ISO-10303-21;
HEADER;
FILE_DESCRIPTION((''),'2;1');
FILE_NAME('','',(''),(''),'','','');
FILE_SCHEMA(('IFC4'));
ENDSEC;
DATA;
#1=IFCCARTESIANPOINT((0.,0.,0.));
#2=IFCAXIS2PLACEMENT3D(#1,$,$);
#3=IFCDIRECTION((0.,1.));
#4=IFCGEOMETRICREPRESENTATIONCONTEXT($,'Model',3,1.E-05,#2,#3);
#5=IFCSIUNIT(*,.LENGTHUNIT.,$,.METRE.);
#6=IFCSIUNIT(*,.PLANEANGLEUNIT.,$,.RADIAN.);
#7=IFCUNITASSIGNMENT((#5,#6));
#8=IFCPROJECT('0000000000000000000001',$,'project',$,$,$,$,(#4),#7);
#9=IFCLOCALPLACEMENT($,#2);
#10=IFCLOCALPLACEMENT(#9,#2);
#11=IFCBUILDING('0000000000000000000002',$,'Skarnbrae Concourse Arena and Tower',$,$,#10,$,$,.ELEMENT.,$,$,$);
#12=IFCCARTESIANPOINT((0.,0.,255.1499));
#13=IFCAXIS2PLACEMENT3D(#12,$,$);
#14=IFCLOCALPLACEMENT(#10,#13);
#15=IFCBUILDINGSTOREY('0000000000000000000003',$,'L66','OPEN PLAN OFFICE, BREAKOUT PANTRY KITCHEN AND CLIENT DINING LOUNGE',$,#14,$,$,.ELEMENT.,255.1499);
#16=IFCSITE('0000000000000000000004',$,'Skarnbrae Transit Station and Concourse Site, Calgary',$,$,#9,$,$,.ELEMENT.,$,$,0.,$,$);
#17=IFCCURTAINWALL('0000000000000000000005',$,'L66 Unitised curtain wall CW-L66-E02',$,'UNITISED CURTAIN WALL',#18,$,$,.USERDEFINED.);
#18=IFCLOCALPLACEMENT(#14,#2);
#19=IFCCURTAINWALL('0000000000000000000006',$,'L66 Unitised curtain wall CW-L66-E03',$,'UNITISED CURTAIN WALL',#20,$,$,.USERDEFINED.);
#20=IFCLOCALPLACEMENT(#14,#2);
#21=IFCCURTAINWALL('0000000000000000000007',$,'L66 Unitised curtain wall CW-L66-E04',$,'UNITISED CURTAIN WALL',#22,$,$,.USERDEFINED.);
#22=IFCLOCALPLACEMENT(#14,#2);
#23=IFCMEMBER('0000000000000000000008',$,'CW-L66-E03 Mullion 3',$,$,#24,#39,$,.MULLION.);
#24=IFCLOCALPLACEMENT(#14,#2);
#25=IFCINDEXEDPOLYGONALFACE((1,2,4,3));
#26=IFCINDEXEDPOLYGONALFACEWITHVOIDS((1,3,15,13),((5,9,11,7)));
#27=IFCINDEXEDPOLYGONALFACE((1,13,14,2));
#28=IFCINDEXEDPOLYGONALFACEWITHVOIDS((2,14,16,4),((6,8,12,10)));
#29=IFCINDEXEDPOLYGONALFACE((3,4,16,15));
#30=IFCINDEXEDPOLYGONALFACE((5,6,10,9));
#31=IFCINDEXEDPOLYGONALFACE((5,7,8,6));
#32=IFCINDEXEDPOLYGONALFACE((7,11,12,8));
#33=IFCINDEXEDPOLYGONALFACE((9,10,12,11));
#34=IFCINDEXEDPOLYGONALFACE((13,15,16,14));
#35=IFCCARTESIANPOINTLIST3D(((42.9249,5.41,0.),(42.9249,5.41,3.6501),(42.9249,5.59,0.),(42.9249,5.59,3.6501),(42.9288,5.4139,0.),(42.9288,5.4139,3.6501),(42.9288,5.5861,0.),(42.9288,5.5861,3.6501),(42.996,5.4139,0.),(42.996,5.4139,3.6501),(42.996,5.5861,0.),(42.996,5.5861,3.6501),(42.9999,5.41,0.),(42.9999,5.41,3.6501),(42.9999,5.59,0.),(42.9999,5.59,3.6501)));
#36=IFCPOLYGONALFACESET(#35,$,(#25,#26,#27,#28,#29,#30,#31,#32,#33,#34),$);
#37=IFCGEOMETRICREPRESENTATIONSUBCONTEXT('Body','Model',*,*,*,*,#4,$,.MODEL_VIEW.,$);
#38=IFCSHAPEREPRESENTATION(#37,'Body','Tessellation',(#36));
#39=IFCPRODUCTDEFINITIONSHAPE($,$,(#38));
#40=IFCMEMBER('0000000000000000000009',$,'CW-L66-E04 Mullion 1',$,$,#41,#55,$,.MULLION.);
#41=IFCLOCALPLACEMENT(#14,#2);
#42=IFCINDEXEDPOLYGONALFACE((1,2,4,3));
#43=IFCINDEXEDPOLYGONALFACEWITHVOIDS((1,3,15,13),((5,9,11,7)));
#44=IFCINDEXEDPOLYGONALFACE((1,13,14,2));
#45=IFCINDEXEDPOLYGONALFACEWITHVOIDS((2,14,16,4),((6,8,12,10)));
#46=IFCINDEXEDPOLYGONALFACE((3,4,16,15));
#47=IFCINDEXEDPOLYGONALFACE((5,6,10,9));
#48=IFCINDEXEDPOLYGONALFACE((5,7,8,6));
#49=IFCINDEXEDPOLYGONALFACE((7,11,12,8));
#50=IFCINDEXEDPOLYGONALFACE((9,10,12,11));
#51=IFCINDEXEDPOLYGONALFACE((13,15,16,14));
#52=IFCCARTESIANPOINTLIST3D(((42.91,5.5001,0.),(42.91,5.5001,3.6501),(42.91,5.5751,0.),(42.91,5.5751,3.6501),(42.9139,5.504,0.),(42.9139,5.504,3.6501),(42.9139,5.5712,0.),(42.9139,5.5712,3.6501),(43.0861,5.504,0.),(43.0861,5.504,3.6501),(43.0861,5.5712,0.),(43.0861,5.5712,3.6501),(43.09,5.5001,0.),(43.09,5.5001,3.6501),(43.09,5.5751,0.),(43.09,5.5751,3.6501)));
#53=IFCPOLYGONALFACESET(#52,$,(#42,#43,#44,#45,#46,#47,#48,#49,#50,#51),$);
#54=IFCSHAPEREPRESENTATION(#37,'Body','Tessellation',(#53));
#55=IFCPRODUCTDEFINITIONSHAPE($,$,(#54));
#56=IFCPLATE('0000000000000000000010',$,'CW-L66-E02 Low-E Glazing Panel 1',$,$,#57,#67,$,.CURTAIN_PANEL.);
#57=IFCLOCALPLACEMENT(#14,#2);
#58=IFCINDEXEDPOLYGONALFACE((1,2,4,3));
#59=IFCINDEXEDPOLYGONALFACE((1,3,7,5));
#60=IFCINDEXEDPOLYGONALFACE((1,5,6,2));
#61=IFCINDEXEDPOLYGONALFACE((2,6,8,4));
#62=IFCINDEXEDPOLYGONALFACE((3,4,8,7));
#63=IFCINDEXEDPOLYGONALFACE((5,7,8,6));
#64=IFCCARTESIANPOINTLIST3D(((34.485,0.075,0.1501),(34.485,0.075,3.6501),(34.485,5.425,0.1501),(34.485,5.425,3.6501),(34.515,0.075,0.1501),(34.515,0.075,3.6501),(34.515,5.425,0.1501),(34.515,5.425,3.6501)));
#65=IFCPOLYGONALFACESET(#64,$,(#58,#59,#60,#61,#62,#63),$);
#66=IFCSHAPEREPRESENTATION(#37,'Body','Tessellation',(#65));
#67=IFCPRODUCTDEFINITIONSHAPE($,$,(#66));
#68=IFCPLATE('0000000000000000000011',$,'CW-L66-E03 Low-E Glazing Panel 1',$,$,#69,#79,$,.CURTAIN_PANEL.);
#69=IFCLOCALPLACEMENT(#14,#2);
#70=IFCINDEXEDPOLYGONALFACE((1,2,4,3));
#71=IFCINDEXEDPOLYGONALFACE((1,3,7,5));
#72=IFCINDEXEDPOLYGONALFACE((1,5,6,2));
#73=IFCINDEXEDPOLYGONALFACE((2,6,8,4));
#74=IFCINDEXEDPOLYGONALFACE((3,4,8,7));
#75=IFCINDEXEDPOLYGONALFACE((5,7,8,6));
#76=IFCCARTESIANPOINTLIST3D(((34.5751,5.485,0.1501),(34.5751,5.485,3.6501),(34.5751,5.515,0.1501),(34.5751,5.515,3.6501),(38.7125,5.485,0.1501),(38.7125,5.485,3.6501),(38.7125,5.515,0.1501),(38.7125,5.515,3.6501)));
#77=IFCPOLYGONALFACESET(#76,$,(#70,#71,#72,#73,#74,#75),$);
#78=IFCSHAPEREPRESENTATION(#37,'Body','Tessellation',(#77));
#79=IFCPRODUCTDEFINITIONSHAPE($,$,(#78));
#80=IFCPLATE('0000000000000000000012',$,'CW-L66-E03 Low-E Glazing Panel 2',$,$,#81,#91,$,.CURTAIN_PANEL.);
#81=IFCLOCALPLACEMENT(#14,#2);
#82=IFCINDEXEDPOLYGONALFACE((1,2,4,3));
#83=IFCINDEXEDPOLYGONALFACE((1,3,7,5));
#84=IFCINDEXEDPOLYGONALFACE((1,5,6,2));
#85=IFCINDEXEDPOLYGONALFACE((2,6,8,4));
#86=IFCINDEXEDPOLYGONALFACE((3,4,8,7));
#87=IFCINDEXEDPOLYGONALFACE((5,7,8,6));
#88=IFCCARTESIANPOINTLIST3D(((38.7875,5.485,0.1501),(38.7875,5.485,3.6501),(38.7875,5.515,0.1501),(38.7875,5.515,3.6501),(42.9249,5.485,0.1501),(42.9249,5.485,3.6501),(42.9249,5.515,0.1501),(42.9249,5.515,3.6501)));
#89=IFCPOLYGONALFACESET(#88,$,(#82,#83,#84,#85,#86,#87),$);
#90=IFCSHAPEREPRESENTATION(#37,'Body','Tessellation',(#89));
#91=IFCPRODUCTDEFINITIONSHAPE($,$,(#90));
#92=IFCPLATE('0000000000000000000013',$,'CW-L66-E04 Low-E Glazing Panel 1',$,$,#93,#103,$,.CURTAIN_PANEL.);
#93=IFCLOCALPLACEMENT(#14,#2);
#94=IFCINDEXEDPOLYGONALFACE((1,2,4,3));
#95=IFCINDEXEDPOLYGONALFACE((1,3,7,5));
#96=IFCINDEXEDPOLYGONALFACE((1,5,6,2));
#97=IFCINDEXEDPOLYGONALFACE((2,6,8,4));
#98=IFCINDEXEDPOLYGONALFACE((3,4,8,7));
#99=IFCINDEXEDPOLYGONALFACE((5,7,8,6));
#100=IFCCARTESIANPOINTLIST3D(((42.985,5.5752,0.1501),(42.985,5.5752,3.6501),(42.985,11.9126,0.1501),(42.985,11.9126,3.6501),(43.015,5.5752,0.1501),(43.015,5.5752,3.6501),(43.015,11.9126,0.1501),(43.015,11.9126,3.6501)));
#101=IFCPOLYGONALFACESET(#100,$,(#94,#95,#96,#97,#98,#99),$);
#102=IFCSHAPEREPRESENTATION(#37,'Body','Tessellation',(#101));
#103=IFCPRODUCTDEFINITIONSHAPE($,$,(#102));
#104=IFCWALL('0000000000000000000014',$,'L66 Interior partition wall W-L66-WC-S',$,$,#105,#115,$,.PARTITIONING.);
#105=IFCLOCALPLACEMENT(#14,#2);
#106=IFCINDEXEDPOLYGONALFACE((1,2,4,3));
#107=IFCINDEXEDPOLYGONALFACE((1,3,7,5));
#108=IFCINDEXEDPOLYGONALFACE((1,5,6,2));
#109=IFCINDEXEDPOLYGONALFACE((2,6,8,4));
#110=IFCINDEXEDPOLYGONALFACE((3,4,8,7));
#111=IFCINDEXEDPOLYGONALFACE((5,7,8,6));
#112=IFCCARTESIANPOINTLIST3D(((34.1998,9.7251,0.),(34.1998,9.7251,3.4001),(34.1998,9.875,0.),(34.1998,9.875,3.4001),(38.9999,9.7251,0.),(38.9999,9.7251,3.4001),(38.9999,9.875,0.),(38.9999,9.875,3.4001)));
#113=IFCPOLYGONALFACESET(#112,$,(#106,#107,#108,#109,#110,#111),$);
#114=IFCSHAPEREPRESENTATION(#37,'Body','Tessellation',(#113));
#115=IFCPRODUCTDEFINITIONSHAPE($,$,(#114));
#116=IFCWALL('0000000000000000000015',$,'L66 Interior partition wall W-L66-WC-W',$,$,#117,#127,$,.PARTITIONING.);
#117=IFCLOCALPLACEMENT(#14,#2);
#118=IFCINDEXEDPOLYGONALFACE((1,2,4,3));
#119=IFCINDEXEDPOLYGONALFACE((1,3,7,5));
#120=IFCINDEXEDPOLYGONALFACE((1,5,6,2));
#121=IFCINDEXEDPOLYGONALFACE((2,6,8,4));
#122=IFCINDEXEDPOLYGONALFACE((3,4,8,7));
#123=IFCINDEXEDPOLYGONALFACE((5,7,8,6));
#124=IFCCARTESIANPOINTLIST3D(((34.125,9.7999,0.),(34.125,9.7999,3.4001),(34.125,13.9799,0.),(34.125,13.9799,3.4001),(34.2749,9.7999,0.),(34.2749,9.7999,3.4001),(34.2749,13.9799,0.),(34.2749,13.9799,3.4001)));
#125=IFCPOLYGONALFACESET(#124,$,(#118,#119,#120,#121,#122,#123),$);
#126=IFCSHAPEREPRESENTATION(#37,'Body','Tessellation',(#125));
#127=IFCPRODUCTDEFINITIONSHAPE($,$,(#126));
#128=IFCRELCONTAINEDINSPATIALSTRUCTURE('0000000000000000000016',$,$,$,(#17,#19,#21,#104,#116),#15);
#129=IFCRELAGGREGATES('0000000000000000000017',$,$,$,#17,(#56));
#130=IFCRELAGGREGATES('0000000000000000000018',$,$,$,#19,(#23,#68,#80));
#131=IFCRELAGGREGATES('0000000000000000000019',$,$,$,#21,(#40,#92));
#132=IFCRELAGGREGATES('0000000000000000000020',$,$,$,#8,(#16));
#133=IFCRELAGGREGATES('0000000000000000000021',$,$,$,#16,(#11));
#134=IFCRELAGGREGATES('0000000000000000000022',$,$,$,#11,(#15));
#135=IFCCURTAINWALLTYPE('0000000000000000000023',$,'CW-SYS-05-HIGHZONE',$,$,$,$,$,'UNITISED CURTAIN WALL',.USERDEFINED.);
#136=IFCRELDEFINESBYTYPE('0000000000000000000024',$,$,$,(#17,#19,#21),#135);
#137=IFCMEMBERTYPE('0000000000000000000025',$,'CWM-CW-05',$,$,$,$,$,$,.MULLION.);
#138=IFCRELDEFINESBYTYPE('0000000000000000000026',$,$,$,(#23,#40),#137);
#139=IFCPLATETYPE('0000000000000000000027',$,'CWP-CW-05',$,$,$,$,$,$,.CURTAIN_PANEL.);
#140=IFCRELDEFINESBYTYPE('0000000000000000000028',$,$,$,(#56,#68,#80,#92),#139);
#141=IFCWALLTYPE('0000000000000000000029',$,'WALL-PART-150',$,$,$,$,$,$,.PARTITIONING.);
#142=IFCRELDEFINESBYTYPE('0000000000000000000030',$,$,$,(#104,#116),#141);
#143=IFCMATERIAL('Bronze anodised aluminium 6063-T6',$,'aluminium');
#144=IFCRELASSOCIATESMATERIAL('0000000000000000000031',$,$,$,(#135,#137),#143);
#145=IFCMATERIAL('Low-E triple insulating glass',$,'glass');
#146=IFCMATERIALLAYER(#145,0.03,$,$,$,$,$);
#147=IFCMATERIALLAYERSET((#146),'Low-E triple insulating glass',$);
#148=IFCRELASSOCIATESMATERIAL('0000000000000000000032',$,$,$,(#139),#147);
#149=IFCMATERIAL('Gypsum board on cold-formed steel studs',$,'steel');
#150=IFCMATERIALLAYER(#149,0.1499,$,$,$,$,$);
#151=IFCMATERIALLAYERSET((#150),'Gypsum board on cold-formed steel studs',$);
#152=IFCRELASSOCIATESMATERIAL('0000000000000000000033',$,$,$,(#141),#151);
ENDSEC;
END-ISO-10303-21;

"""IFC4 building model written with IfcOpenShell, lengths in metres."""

from ifc_helpers import new_model, si_unit, direction, frame, frame_2d, origin, origin_2d, place, context, subcontext, project, spatial, rectangle, hollow_rectangle, extrude, source, transform, mapped, material, layer, layer_set, material_profile, profile_set, type_object, element, aggregate, save


model = new_model("IFC4")

# Units and contexts
model_context = context("Model", 3, precision=1e-05, world=origin(), true_north=direction((0.0, 1.0)))
body_context = subcontext(model_context, "Body", "Model", "MODEL_VIEW")
ifc_project = project(units=[si_unit("LENGTHUNIT", "METRE"), si_unit("PLANEANGLEUNIT", "RADIAN")], contexts=[model_context])

# Site, building, storey
site_placement = place(None, origin())
site = spatial("IfcSite", under=ifc_project, at=site_placement, Name="Skarnbrae Transit Station and Concourse Site, Calgary", CompositionType="ELEMENT", RefElevation=0.0)
building_placement = place(site_placement, origin())
building = spatial("IfcBuilding", under=site, at=building_placement, Name="Skarnbrae Concourse Arena and Tower", CompositionType="ELEMENT")
storey_placement = place(building_placement, frame((0.0, 0.0, 255.1499)))
storey = spatial("IfcBuildingStorey", under=building, at=storey_placement, Name="L66", Description="OPEN PLAN OFFICE, BREAKOUT PANTRY KITCHEN AND CLIENT DINING LOUNGE", CompositionType="ELEMENT", Elevation=255.1499)

# Curtain wall
ifc_material_1 = material(Name="Bronze anodised aluminium 6063-T6", Category="aluminium")
curtain_wall_type = type_object("IfcCurtainWallType", Name="CW-SYS-05-HIGHZONE", ElementType="UNITISED CURTAIN WALL", PredefinedType="USERDEFINED", material=ifc_material_1)
curtain_wall_1_placement = place(storey_placement, origin())
curtain_wall_1 = element("IfcCurtainWall", 1, at=curtain_wall_1_placement, inside=storey, type_object=curtain_wall_type, Name="L66 Unitised curtain wall CW-L66-E02", ObjectType="UNITISED CURTAIN WALL", PredefinedType="USERDEFINED")

# Curtain wall
curtain_wall_2_placement = place(storey_placement, origin())
curtain_wall_2 = element("IfcCurtainWall", 2, at=curtain_wall_2_placement, inside=storey, type_object=curtain_wall_type, Name="L66 Unitised curtain wall CW-L66-E03", ObjectType="UNITISED CURTAIN WALL", PredefinedType="USERDEFINED")

# Curtain wall
curtain_wall_3_placement = place(storey_placement, origin())
curtain_wall_3 = element("IfcCurtainWall", 3, at=curtain_wall_3_placement, inside=storey, type_object=curtain_wall_type, Name="L66 Unitised curtain wall CW-L66-E04", ObjectType="UNITISED CURTAIN WALL", PredefinedType="USERDEFINED")

# Members
ifc_material_profile_1 = material_profile(ifc_material_1, hollow_rectangle(XDim=0.075, YDim=0.1799, WallThickness=0.0039, at=origin_2d()), Name="ALU-MULL-75X180")
ifc_profile_set_1 = profile_set([ifc_material_profile_1], Name="Bronze anodised aluminium 6063-T6")
member_type_1 = type_object("IfcMemberType", Name="CWM-CW-05", PredefinedType="MULLION", material=ifc_profile_set_1)
shared_shape_1 = source(origin(), body_context, "Body", "SweptSolid", [
    extrude(hollow_rectangle(XDim=0.075, YDim=0.1799, WallThickness=0.0039, at=origin_2d()), origin(), (0.0, 0.0, 1.0), 3.6501),
])
member_1_placement = place(storey_placement, frame((42.9624, 5.5, 0.0), z_axis=(0.0, 0.0, 1.0), x_axis=(1.0, 0.0, 0.0)))
member_1 = element("IfcMember", 4, at=member_1_placement, type_object=member_type_1, Name="CW-L66-E03 Mullion 3", PredefinedType="MULLION", context=body_context, shape_type="MappedRepresentation", body=[
    mapped(shared_shape_1, transform((0.0, 0.0, 0.0))),
])
member_2_placement = place(storey_placement, frame((43.0, 5.5376, 0.0), z_axis=(0.0, 0.0, 1.0), x_axis=(0.0, 1.0, 0.0)))
member_2 = element("IfcMember", 5, at=member_2_placement, type_object=member_type_1, Name="CW-L66-E04 Mullion 1", PredefinedType="MULLION", context=body_context, shape_type="MappedRepresentation", body=[
    mapped(shared_shape_1, transform((0.0, 0.0, 0.0))),
])

# Plates
ifc_material_2 = material(Name="Low-E triple insulating glass", Category="glass")
ifc_layer_1 = layer(ifc_material_2, 0.03)
ifc_layer_set_1 = layer_set([ifc_layer_1], Name="Low-E triple insulating glass")
plate_type = type_object("IfcPlateType", Name="CWP-CW-05", PredefinedType="CURTAIN_PANEL", material=ifc_layer_set_1)
shared_shape_2 = source(origin(), body_context, "Body", "SweptSolid", [
    extrude(rectangle(XDim=5.3501, YDim=0.03, at=origin_2d()), origin(), (0.0, 0.0, 1.0), 3.5),
])
plate_1_placement = place(storey_placement, frame((34.5, 2.75, 0.1501), z_axis=(0.0, 0.0, 1.0), x_axis=(0.0, 1.0, 0.0)))
plate_1 = element("IfcPlate", 6, at=plate_1_placement, type_object=plate_type, Name="CW-L66-E02 Low-E Glazing Panel 1", PredefinedType="CURTAIN_PANEL", context=body_context, shape_type="MappedRepresentation", body=[
    mapped(shared_shape_2, transform((0.0, 0.0, 0.0))),
])
aggregate(curtain_wall_1, [plate_1])
shared_shape_3 = source(origin(), body_context, "Body", "SweptSolid", [
    extrude(rectangle(XDim=4.1375, YDim=0.03, at=origin_2d()), origin(), (0.0, 0.0, 1.0), 3.5),
])
plate_2_placement = place(storey_placement, frame((36.6438, 5.5, 0.1501), z_axis=(0.0, 0.0, 1.0), x_axis=(1.0, 0.0, 0.0)))
plate_2 = element("IfcPlate", 7, at=plate_2_placement, type_object=plate_type, Name="CW-L66-E03 Low-E Glazing Panel 1", PredefinedType="CURTAIN_PANEL", context=body_context, shape_type="MappedRepresentation", body=[
    mapped(shared_shape_3, transform((0.0, 0.0, 0.0))),
])
plate_3_placement = place(storey_placement, frame((40.8562, 5.5, 0.1501), z_axis=(0.0, 0.0, 1.0), x_axis=(1.0, 0.0, 0.0)))
plate_3 = element("IfcPlate", 8, at=plate_3_placement, type_object=plate_type, Name="CW-L66-E03 Low-E Glazing Panel 2", PredefinedType="CURTAIN_PANEL", context=body_context, shape_type="MappedRepresentation", body=[
    mapped(shared_shape_3, transform((0.0, 0.0, 0.0))),
])
aggregate(curtain_wall_2, [member_1, plate_2, plate_3])
shared_shape_4 = source(origin(), body_context, "Body", "SweptSolid", [
    extrude(rectangle(XDim=6.3374, YDim=0.03, at=origin_2d()), origin(), (0.0, 0.0, 1.0), 3.5),
])
plate_4_placement = place(storey_placement, frame((43.0, 8.7439, 0.1501), z_axis=(0.0, 0.0, 1.0), x_axis=(0.0, 1.0, 0.0)))
plate_4 = element("IfcPlate", 9, at=plate_4_placement, type_object=plate_type, Name="CW-L66-E04 Low-E Glazing Panel 1", PredefinedType="CURTAIN_PANEL", context=body_context, shape_type="MappedRepresentation", body=[
    mapped(shared_shape_4, transform((0.0, 0.0, 0.0))),
])
aggregate(curtain_wall_3, [member_2, plate_4])

# Walls
ifc_material_3 = material(Name="Gypsum board on cold-formed steel studs", Category="steel")
ifc_layer_2 = layer(ifc_material_3, 0.1499)
ifc_layer_set_2 = layer_set([ifc_layer_2], Name="Gypsum board on cold-formed steel studs")
wall_type = type_object("IfcWallType", Name="WALL-PART-150", PredefinedType="PARTITIONING", material=ifc_layer_set_2)
shared_shape_5 = source(origin(), body_context, "Body", "SweptSolid", [
    extrude(rectangle(XDim=4.8, YDim=0.1499, at=frame_2d((2.3999, 0.0))), origin(), (0.0, 0.0, 1.0), 3.4001),
])
wall_1_placement = place(storey_placement, frame((34.2, 9.8, 0.0), z_axis=(0.0, 0.0, 1.0), x_axis=(1.0, 0.0, 0.0)))
element("IfcWall", 10, at=wall_1_placement, inside=storey, type_object=wall_type, Name="L66 Interior partition wall W-L66-WC-S", PredefinedType="PARTITIONING", context=body_context, shape_type="MappedRepresentation", body=[
    mapped(shared_shape_5, transform((0.0, 0.0, 0.0))),
])
shared_shape_6 = source(origin(), body_context, "Body", "SweptSolid", [
    extrude(rectangle(XDim=4.1799, YDim=0.1499, at=frame_2d((2.0898, 0.0))), origin(), (0.0, 0.0, 1.0), 3.4001),
])
wall_2_placement = place(storey_placement, frame((34.2, 9.8, 0.0), z_axis=(0.0, 0.0, 1.0), x_axis=(0.0, 1.0, 0.0)))
element("IfcWall", 11, at=wall_2_placement, inside=storey, type_object=wall_type, Name="L66 Interior partition wall W-L66-WC-W", PredefinedType="PARTITIONING", context=body_context, shape_type="MappedRepresentation", body=[
    mapped(shared_shape_6, transform((0.0, 0.0, 0.0))),
])

save(model, "model.ifc")
